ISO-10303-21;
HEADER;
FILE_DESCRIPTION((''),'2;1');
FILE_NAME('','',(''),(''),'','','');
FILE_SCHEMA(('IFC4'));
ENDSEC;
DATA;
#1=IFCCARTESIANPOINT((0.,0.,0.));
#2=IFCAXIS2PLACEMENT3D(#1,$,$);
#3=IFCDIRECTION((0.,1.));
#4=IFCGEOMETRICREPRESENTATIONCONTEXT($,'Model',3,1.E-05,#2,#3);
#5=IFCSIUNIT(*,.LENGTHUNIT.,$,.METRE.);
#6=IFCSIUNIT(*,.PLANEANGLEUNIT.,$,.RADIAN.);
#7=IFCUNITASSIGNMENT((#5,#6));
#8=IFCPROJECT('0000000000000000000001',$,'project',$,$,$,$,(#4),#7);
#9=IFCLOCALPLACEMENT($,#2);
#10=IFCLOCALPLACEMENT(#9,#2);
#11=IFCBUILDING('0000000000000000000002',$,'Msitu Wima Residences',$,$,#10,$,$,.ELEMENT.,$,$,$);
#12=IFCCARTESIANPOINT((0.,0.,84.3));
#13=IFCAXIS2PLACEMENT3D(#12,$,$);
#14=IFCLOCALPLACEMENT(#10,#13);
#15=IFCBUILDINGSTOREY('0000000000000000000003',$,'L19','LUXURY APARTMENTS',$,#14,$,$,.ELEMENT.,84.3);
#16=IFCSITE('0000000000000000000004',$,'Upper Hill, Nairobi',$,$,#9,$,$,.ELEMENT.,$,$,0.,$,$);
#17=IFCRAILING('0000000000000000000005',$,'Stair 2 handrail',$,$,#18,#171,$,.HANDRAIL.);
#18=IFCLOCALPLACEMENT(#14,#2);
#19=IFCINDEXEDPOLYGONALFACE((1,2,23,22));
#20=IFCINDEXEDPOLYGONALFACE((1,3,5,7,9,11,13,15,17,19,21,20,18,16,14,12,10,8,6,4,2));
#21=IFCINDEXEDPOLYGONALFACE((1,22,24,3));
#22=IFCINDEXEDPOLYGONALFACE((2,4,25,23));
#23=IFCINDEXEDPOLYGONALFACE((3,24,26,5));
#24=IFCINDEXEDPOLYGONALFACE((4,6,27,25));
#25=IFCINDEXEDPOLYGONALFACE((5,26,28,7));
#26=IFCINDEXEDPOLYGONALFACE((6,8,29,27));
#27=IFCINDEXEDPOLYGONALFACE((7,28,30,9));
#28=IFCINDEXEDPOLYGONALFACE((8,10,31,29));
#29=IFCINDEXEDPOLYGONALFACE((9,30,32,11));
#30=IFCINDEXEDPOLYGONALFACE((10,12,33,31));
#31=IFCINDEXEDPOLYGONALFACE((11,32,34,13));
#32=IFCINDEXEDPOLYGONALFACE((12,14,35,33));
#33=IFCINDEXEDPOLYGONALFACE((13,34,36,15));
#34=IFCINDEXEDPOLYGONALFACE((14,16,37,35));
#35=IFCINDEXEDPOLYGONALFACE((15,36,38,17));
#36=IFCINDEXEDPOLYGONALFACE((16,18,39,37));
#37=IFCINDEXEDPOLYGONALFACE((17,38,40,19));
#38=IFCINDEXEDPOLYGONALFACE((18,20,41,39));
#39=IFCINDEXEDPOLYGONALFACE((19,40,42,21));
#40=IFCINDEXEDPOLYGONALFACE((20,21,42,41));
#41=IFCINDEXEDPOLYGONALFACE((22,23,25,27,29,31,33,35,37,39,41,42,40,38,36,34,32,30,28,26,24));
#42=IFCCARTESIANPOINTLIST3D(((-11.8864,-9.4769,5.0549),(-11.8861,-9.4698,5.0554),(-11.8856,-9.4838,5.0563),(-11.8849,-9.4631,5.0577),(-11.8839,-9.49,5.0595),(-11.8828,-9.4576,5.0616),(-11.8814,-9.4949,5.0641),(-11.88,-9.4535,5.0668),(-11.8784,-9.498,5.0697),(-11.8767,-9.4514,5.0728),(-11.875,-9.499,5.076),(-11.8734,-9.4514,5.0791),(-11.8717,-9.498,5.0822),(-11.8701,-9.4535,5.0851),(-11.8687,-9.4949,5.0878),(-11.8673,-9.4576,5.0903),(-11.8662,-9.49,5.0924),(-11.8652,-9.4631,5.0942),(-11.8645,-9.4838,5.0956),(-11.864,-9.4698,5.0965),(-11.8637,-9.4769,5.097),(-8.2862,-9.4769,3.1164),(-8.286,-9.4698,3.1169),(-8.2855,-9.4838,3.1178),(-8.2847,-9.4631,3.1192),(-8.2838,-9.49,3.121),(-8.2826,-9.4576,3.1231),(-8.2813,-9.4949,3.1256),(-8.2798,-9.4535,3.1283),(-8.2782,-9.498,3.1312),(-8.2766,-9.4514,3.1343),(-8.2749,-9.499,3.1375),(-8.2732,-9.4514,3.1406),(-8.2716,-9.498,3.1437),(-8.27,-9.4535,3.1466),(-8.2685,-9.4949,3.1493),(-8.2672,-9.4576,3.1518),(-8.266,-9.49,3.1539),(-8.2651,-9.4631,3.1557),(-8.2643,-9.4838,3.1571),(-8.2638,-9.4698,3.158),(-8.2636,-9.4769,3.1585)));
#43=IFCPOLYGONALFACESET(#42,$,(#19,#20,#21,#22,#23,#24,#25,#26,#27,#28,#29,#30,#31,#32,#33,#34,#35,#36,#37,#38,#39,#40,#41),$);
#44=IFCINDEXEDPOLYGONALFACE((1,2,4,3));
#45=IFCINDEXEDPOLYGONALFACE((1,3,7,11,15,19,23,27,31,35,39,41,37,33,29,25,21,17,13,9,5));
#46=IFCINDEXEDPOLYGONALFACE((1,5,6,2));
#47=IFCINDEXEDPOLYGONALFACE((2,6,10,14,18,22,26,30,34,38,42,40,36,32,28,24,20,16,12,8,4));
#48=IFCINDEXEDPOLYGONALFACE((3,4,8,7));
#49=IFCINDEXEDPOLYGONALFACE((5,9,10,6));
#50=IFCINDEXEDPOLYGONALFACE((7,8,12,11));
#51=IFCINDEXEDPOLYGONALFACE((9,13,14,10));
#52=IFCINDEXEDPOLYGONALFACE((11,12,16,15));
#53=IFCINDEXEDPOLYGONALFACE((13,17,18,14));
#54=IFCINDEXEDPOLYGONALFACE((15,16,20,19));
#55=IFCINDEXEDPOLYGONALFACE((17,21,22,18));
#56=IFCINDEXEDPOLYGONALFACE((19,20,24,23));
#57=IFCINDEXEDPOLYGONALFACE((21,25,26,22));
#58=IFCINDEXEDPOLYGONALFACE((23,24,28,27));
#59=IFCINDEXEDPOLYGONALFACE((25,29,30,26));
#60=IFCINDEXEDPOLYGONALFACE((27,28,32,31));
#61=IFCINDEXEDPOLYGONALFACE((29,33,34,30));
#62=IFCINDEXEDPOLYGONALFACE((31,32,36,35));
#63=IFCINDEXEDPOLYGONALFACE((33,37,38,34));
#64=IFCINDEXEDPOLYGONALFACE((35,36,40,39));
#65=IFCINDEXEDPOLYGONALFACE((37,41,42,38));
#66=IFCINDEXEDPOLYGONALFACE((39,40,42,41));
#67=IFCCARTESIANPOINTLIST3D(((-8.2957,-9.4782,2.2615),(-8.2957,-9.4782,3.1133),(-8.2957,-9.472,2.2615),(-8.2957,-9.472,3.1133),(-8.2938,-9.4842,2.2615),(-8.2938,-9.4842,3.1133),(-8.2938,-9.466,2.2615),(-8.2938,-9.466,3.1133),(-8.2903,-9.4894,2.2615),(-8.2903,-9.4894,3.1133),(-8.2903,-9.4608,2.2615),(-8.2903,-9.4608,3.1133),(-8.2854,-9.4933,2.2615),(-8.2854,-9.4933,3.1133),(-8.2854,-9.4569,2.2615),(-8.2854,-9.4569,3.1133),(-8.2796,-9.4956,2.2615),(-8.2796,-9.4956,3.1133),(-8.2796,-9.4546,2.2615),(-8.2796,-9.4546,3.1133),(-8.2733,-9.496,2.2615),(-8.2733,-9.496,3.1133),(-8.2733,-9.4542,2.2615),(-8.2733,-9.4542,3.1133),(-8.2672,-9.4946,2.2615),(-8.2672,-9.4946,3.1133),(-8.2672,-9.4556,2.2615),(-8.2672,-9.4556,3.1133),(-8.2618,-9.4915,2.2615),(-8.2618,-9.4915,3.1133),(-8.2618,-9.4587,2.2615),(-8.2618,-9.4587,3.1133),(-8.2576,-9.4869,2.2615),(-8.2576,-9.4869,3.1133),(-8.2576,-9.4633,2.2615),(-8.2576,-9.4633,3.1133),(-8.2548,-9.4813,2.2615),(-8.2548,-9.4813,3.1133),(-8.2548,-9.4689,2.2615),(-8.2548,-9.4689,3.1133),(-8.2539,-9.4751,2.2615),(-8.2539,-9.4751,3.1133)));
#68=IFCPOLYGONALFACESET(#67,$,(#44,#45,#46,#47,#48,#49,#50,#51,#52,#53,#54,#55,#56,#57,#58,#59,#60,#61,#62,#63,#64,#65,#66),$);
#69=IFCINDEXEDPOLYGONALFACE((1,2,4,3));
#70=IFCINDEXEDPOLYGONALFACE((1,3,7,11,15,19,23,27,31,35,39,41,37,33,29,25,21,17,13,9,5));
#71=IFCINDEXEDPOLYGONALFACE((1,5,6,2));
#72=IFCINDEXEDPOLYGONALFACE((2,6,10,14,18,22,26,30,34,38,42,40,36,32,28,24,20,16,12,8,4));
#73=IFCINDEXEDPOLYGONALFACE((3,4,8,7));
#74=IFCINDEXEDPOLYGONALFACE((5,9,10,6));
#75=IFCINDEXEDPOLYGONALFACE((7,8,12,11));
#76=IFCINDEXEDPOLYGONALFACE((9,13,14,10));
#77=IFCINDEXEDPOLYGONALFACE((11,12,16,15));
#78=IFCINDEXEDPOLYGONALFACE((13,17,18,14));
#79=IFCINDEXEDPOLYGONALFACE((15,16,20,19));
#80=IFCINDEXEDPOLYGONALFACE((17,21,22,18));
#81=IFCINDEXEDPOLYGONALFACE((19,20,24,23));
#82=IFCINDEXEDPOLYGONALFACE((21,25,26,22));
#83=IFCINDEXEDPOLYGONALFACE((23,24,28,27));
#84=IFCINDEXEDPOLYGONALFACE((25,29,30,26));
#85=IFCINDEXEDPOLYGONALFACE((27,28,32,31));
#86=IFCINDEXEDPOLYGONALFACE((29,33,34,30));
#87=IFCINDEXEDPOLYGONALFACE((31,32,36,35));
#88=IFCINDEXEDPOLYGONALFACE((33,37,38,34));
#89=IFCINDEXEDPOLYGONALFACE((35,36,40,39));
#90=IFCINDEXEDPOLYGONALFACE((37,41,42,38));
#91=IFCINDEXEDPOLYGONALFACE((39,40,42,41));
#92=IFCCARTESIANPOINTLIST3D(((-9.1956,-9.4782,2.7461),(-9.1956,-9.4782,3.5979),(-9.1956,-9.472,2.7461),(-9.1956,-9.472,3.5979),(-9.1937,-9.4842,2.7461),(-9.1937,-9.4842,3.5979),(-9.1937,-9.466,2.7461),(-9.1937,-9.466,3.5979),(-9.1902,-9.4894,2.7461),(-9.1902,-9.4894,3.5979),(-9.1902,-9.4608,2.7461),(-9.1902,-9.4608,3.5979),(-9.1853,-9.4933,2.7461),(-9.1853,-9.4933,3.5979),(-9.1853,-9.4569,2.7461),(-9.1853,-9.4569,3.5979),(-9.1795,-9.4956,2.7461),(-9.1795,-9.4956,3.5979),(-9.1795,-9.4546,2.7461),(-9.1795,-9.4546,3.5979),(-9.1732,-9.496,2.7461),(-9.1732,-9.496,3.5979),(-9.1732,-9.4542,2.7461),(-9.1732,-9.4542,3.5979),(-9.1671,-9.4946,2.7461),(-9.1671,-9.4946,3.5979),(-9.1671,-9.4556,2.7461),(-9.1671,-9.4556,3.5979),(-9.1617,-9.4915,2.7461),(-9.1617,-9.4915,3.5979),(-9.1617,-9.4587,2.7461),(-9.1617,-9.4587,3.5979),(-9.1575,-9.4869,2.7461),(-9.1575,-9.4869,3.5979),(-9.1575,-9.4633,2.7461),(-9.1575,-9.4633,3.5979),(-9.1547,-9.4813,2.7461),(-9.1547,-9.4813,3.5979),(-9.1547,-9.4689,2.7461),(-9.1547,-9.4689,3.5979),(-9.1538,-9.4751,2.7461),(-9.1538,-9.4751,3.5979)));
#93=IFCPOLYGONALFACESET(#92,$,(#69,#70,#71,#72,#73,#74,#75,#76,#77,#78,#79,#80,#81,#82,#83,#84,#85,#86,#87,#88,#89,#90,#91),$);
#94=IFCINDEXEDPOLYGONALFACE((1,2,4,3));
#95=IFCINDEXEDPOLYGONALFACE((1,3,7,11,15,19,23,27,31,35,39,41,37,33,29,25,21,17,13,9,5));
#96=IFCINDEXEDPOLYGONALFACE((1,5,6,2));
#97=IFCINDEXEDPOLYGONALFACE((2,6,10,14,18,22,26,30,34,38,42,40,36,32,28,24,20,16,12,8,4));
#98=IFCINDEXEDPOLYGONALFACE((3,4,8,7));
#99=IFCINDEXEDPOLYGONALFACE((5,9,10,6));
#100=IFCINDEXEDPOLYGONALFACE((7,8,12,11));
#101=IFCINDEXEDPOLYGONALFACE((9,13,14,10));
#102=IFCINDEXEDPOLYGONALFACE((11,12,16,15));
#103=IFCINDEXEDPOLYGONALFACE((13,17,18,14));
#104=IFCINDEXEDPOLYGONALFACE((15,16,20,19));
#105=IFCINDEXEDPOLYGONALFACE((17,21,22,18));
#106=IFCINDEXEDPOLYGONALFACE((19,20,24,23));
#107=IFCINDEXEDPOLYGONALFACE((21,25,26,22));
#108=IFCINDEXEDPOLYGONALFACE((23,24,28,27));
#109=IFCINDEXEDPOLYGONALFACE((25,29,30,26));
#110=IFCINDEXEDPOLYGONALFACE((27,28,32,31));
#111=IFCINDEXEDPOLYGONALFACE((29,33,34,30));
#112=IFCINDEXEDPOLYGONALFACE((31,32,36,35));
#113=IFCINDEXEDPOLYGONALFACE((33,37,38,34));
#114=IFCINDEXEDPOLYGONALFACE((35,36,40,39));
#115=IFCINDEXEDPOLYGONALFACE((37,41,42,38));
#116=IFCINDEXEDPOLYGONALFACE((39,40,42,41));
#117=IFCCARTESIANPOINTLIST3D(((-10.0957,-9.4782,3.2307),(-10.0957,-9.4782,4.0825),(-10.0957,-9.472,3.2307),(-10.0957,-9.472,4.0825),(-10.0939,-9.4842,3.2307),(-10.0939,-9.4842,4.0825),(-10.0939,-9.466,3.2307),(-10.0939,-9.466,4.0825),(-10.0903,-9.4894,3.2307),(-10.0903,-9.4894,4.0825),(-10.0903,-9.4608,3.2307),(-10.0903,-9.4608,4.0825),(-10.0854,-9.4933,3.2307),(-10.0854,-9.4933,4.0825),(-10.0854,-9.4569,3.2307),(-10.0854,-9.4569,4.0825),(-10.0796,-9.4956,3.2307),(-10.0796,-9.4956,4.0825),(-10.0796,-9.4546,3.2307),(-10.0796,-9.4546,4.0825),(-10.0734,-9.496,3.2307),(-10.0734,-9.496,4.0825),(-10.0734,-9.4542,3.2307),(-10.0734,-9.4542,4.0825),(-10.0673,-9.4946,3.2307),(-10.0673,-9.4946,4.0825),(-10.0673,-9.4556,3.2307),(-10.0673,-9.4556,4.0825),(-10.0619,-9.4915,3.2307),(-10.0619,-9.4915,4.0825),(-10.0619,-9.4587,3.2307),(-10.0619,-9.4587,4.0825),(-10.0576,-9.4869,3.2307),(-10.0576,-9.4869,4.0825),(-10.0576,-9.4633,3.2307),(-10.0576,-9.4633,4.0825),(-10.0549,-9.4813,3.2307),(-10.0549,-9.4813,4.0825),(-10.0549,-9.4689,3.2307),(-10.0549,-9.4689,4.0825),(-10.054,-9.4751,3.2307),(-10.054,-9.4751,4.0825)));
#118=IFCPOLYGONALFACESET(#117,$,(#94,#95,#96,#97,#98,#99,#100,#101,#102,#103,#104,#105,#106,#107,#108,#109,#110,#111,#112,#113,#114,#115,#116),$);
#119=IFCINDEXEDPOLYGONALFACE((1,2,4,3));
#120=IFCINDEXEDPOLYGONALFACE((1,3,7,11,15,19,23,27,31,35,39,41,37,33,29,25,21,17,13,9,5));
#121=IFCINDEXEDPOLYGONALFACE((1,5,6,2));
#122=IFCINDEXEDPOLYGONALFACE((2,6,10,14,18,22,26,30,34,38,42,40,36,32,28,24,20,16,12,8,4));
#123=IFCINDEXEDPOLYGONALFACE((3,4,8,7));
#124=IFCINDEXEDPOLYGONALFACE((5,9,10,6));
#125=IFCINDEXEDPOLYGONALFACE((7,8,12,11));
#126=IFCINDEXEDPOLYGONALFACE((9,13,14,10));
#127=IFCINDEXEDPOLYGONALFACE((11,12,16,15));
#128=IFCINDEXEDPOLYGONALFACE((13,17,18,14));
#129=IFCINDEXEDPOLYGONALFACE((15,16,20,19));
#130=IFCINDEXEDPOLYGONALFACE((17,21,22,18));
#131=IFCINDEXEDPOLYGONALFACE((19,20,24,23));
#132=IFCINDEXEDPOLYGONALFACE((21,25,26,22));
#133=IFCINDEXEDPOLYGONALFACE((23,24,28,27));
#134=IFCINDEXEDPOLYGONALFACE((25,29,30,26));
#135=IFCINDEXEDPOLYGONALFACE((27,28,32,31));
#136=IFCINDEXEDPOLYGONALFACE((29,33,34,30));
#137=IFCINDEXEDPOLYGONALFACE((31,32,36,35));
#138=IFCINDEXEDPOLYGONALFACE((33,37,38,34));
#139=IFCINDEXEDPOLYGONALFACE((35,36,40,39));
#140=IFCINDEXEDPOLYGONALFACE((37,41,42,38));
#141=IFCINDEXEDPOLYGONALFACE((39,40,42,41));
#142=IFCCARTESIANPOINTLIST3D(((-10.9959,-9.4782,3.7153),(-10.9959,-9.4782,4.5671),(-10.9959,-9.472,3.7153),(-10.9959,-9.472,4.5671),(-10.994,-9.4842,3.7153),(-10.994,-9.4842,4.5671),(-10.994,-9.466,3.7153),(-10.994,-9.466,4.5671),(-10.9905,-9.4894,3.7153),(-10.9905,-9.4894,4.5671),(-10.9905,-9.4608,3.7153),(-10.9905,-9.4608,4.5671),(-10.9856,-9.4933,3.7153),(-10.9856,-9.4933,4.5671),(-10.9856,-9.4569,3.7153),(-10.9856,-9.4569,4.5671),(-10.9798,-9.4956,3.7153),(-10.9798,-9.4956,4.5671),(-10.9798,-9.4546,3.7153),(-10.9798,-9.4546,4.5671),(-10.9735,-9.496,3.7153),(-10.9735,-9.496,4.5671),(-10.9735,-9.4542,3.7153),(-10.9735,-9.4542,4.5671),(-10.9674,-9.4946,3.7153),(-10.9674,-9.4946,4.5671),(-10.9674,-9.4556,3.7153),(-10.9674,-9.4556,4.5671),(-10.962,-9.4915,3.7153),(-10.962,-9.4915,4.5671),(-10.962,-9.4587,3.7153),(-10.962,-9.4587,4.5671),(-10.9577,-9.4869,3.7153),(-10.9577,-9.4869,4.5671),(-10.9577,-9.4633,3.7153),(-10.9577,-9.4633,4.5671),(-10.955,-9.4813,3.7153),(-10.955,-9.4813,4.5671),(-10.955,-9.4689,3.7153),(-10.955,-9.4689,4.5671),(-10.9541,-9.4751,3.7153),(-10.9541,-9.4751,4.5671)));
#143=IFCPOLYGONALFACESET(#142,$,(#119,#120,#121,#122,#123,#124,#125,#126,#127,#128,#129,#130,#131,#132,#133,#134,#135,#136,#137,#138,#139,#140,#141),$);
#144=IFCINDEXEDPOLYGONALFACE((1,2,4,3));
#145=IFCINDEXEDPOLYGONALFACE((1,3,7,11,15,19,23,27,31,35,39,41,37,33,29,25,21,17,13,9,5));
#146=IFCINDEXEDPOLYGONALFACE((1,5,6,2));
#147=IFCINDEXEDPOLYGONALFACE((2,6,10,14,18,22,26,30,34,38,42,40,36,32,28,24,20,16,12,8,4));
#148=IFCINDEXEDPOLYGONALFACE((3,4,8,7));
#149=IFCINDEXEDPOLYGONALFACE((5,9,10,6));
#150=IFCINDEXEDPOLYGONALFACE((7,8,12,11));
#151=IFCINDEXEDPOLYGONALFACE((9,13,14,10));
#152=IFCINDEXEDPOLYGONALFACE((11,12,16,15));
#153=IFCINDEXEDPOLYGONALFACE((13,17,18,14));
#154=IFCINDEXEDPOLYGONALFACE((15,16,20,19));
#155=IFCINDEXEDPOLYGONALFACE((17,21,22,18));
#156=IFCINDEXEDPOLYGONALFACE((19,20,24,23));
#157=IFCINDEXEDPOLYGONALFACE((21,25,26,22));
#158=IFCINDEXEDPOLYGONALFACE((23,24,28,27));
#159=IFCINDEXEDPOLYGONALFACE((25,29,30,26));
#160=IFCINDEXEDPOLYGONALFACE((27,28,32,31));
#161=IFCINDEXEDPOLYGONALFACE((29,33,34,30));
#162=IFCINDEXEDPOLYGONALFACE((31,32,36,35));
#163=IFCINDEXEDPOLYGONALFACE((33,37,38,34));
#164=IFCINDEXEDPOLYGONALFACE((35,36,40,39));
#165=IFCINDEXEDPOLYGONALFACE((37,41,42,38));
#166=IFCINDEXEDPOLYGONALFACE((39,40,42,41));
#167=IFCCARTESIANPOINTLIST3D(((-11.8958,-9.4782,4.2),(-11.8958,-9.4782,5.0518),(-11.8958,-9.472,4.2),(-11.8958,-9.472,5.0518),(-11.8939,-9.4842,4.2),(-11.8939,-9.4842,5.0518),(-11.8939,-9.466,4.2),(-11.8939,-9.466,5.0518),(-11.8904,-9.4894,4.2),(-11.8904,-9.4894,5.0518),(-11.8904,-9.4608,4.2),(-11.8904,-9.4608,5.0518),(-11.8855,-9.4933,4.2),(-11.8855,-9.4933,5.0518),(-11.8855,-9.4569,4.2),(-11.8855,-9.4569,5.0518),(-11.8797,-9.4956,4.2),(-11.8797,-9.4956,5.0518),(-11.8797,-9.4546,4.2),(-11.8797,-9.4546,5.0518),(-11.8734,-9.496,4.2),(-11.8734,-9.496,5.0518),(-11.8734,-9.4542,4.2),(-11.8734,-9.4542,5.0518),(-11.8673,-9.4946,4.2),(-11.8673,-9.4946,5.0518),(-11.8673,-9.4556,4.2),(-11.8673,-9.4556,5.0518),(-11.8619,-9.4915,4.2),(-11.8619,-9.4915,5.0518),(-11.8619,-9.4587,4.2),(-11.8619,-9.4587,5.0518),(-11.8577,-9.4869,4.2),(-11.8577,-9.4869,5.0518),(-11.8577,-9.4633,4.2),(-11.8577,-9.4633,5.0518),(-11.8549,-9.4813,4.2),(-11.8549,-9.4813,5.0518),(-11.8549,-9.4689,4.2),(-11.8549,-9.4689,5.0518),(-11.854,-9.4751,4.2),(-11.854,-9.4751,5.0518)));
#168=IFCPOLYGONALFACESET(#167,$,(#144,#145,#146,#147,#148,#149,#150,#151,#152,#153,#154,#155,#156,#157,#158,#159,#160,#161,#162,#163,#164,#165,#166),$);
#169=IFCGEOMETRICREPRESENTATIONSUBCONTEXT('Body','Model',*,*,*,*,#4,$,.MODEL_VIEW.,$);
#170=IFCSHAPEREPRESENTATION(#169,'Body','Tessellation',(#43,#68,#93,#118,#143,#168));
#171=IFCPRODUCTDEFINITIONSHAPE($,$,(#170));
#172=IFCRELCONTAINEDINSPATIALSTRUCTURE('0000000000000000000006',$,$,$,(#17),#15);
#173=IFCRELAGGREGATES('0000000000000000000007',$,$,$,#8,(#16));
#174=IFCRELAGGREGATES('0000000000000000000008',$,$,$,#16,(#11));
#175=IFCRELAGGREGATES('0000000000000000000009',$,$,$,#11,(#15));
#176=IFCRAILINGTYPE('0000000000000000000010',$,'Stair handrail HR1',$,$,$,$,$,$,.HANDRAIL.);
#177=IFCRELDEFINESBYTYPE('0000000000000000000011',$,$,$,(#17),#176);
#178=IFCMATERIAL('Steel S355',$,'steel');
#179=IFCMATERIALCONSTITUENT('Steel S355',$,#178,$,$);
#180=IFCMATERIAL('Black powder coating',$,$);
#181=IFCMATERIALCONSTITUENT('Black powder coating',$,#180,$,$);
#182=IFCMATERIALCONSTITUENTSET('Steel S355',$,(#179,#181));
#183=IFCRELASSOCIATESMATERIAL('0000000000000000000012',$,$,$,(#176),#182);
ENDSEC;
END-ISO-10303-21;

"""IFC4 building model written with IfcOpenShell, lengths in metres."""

from ifc_helpers import new_model, si_unit, direction, frame, origin, origin_2d, place, context, subcontext, project, spatial, circle, extrude, material, constituent, constituent_set, type_object, element, save


model = new_model("IFC4")

# Units and contexts
model_context = context("Model", 3, precision=1e-05, world=origin(), true_north=direction((0.0, 1.0)))
body_context = subcontext(model_context, "Body", "Model", "MODEL_VIEW")
ifc_project = project(units=[si_unit("LENGTHUNIT", "METRE"), si_unit("PLANEANGLEUNIT", "RADIAN")], contexts=[model_context])

# Site, building, storey
site_placement = place(None, origin())
site = spatial("IfcSite", under=ifc_project, at=site_placement, Name="Upper Hill, Nairobi", CompositionType="ELEMENT", RefElevation=0.0)
building_placement = place(site_placement, origin())
building = spatial("IfcBuilding", under=site, at=building_placement, Name="Msitu Wima Residences", CompositionType="ELEMENT")
storey_placement = place(building_placement, frame((0.0, 0.0, 84.3)))
storey = spatial("IfcBuildingStorey", under=building, at=storey_placement, Name="L19", Description="LUXURY APARTMENTS", CompositionType="ELEMENT", Elevation=84.3)

# Railing
ifc_material_1 = material(Name="Steel S355", Category="steel")
ifc_constituent_1 = constituent(ifc_material_1, Name="Steel S355")
ifc_material_2 = material(Name="Black powder coating")
ifc_constituent_2 = constituent(ifc_material_2, Name="Black powder coating")
ifc_constituent_set = constituent_set(constituents=[ifc_constituent_1, ifc_constituent_2], Name="Steel S355")
railing_type = type_object("IfcRailingType", Name="Stair handrail HR1", PredefinedType="HANDRAIL", material=ifc_constituent_set)
railing_placement = place(storey_placement, frame((-8.2749, -9.4751, 2.2615)))
element("IfcRailing", 1, at=railing_placement, inside=storey, type_object=railing_type, Name="Stair 2 handrail", PredefinedType="HANDRAIL", context=body_context, shape_type="SweptSolid", body=[
    extrude(circle(Radius=0.0239, at=origin_2d()), frame((0.0, 0.0, 0.876), z_axis=(-0.880475, 0.0, 0.474093), x_axis=(0.0, -1.0, 0.0)), (0.0, 0.0, 1.0), 4.0889),
    extrude(circle(Radius=0.021, at=origin_2d()), origin(), (0.0, 0.0, 1.0), 0.8518),
    extrude(circle(Radius=0.021, at=origin_2d()), frame((-0.8999, 0.0, 0.4846)), (0.0, 0.0, 1.0), 0.8518),
    extrude(circle(Radius=0.021, at=origin_2d()), frame((-1.8, 0.0, 0.9692)), (0.0, 0.0, 1.0), 0.8518),
    extrude(circle(Radius=0.021, at=origin_2d()), frame((-2.7002, 0.0, 1.4539)), (0.0, 0.0, 1.0), 0.8518),
    extrude(circle(Radius=0.021, at=origin_2d()), frame((-3.6001, 0.0, 1.9385)), (0.0, 0.0, 1.0), 0.8518),
])

save(model, "model.ifc")
